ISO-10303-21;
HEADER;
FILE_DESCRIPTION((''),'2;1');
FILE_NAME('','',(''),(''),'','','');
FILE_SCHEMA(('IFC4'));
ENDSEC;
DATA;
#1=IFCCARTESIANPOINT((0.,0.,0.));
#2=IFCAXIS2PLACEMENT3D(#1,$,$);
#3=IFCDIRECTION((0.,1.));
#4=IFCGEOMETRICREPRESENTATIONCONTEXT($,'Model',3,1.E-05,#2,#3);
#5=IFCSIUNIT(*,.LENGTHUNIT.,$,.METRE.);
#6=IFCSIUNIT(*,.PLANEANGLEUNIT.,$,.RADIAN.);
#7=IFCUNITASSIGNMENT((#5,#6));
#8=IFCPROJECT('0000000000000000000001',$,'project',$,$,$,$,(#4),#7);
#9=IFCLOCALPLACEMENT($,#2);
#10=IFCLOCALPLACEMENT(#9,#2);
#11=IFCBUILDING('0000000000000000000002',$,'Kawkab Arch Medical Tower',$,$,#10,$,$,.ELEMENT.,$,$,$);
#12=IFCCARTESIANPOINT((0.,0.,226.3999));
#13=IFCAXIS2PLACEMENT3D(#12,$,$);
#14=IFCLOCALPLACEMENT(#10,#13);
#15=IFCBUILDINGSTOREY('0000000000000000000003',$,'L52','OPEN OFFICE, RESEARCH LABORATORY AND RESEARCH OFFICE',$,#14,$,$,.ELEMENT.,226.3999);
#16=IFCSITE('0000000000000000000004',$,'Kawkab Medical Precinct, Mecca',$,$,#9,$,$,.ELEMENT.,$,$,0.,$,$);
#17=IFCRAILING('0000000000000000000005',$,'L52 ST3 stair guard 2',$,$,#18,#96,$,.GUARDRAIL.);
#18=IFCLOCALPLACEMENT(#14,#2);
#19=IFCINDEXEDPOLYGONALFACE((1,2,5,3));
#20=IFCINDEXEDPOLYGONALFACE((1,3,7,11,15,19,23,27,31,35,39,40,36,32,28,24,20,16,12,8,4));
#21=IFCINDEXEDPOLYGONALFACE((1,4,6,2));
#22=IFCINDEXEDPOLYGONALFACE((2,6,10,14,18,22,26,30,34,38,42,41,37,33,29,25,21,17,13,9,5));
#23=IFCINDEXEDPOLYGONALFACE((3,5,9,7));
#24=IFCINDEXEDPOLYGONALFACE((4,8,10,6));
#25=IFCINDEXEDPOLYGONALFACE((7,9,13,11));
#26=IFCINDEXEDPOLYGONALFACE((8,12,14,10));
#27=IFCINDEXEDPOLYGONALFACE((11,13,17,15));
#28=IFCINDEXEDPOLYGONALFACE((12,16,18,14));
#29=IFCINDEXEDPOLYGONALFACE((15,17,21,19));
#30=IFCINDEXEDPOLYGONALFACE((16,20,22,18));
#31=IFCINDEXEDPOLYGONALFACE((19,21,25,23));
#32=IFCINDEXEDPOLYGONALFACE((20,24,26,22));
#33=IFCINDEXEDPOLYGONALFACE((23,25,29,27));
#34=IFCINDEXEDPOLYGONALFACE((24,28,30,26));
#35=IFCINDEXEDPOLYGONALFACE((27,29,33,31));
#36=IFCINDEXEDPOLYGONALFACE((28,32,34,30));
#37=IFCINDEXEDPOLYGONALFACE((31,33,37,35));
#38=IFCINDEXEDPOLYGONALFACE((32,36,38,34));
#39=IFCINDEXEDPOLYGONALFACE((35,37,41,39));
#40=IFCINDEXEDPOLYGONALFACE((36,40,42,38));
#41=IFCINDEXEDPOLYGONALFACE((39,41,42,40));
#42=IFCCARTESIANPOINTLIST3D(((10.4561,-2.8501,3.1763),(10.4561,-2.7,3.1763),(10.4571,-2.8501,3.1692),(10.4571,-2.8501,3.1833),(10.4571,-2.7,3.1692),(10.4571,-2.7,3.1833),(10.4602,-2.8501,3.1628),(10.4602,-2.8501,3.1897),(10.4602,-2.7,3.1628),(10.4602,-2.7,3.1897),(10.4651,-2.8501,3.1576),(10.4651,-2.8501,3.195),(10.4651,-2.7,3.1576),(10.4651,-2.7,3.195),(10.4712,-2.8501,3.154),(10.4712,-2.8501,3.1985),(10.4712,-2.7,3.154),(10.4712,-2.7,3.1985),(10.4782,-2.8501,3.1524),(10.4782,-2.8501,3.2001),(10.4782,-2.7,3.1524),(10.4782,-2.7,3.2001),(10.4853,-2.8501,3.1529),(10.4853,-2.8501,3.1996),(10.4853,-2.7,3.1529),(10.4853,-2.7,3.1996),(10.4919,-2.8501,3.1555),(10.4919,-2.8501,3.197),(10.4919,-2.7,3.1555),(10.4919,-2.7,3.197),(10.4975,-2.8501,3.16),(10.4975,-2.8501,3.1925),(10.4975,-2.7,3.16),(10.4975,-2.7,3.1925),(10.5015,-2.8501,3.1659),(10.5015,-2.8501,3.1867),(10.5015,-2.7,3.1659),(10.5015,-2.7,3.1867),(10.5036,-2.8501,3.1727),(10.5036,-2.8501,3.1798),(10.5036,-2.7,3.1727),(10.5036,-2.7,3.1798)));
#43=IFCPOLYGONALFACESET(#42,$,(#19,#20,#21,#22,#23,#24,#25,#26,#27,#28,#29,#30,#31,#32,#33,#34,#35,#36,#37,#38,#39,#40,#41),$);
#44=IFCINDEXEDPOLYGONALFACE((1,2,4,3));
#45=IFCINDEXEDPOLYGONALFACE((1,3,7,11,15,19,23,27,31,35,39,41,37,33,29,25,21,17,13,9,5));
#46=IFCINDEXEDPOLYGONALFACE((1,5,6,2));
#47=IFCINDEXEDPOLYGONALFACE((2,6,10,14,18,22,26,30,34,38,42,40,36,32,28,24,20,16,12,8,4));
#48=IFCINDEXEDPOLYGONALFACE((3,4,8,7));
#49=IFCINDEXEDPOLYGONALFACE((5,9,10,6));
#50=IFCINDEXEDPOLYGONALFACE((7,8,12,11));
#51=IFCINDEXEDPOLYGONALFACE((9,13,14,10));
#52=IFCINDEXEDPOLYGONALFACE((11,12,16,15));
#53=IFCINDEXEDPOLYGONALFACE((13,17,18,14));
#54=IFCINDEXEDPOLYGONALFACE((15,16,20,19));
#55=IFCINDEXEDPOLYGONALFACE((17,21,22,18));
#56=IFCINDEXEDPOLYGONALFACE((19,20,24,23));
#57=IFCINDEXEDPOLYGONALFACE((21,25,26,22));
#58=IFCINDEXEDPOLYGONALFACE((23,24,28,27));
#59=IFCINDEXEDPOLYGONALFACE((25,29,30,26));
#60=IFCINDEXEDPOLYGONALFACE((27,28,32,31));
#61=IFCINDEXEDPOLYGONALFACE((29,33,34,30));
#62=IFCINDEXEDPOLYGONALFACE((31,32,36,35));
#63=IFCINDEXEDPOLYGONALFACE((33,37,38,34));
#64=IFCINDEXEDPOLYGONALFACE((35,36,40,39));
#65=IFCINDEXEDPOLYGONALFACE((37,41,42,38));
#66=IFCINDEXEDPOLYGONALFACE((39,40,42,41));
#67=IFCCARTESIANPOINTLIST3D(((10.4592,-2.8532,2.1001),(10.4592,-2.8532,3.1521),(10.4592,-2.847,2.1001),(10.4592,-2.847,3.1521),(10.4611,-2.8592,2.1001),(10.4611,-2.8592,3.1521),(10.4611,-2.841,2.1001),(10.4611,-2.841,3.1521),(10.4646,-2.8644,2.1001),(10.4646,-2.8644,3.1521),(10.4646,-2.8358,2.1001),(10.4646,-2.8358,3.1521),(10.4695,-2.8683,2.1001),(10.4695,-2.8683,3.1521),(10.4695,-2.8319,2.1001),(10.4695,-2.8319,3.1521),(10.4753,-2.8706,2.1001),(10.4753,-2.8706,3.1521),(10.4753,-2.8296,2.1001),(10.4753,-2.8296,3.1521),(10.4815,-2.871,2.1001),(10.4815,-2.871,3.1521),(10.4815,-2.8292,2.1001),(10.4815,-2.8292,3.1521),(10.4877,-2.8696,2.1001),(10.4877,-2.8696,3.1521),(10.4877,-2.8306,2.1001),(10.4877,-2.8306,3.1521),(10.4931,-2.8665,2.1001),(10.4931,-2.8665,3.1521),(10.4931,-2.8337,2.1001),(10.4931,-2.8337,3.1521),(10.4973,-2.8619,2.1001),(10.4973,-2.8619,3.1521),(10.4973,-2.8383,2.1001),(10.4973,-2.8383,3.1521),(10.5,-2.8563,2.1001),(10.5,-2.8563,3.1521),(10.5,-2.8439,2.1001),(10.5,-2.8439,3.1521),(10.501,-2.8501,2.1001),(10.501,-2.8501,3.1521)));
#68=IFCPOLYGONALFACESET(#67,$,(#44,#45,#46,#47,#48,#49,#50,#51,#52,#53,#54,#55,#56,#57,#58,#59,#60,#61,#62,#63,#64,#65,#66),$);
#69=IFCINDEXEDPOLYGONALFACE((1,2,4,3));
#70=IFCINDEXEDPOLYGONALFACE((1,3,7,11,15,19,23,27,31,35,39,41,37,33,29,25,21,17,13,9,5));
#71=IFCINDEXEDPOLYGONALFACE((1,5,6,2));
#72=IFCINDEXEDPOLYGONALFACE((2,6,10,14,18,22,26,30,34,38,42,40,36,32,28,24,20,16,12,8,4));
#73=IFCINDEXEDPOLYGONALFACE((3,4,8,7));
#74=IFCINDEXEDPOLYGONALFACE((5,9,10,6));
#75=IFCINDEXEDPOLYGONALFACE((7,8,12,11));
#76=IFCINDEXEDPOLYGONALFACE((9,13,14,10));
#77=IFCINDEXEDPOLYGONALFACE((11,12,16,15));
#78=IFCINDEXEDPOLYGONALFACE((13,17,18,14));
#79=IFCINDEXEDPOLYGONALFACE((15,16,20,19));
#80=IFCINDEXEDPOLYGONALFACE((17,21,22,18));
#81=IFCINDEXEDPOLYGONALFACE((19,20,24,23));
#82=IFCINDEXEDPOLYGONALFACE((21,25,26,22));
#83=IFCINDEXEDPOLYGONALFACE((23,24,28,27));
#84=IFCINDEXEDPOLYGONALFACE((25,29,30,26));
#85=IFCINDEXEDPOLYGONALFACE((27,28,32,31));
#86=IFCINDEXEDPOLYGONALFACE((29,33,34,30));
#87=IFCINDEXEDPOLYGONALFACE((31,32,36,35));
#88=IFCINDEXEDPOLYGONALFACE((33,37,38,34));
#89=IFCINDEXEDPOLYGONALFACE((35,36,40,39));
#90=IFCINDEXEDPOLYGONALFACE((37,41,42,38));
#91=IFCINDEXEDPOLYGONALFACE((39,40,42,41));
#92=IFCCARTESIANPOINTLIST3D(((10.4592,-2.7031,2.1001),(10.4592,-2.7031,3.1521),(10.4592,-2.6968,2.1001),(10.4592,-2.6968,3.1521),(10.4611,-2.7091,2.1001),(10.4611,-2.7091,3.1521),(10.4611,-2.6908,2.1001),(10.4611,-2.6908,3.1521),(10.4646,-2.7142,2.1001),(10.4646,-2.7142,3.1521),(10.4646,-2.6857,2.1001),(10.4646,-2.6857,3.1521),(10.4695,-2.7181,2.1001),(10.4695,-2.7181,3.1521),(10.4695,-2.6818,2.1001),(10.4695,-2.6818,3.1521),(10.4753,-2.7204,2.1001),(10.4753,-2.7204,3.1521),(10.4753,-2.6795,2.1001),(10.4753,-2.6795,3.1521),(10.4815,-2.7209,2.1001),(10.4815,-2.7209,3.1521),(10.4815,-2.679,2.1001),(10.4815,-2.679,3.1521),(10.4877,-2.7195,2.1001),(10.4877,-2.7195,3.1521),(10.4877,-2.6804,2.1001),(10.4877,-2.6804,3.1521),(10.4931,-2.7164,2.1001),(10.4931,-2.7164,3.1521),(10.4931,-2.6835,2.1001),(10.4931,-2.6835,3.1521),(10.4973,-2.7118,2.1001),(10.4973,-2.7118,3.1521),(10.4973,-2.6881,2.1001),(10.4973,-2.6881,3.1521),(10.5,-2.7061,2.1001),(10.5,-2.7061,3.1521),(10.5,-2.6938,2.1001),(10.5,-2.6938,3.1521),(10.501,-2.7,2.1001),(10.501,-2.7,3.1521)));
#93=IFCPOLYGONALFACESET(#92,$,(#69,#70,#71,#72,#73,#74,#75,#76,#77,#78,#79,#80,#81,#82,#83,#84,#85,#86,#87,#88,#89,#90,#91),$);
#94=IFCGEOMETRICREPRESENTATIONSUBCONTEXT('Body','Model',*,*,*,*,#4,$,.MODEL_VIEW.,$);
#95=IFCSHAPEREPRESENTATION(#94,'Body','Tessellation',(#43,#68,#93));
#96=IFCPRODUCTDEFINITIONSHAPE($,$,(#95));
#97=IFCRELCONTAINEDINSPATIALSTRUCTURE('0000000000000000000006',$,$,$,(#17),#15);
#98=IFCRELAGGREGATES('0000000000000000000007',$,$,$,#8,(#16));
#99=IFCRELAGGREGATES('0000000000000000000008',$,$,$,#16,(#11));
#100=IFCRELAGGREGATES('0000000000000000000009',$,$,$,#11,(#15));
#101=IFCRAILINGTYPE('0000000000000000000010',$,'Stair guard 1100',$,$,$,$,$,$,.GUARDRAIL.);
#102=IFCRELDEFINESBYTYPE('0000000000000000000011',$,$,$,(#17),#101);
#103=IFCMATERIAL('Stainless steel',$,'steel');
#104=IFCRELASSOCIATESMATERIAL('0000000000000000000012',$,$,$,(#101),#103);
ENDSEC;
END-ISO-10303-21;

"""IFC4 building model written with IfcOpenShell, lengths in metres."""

from ifc_helpers import new_model, si_unit, direction, frame, origin, origin_2d, place, context, subcontext, project, spatial, circle, extrude, material, type_object, element, save


model = new_model("IFC4")

# Units and contexts
model_context = context("Model", 3, precision=1e-05, world=origin(), true_north=direction((0.0, 1.0)))
body_context = subcontext(model_context, "Body", "Model", "MODEL_VIEW")
ifc_project = project(units=[si_unit("LENGTHUNIT", "METRE"), si_unit("PLANEANGLEUNIT", "RADIAN")], contexts=[model_context])

# Site, building, storey
site_placement = place(None, origin())
site = spatial("IfcSite", under=ifc_project, at=site_placement, Name="Kawkab Medical Precinct, Mecca", CompositionType="ELEMENT", RefElevation=0.0)
building_placement = place(site_placement, origin())
building = spatial("IfcBuilding", under=site, at=building_placement, Name="Kawkab Arch Medical Tower", CompositionType="ELEMENT")
storey_placement = place(building_placement, frame((0.0, 0.0, 226.3999)))
storey = spatial("IfcBuildingStorey", under=building, at=storey_placement, Name="L52", Description="OPEN OFFICE, RESEARCH LABORATORY AND RESEARCH OFFICE", CompositionType="ELEMENT", Elevation=226.3999)

# Railing
ifc_material_1 = material(Name="Stainless steel", Category="steel")
railing_type_1 = type_object("IfcRailingType", Name="Stair guard 1100", PredefinedType="GUARDRAIL", material=ifc_material_1)
railing_1_placement = place(storey_placement, frame((10.48, -2.8501, 2.1001)))
element("IfcRailing", 1, at=railing_1_placement, inside=storey, type_object=railing_type_1, Name="L52 ST3 stair guard 2", PredefinedType="GUARDRAIL", context=body_context, shape_type="SweptSolid", body=[
    extrude(circle(Radius=0.0239, at=origin_2d()), frame((0.0, 0.0, 1.0762), z_axis=(0.0, 1.0, 0.0), x_axis=(-1.0, 0.0, 0.0)), (0.0, 0.0, 1.0), 0.1501),
    extrude(circle(Radius=0.021, at=origin_2d()), origin(), (0.0, 0.0, 1.0), 1.052),
    extrude(circle(Radius=0.021, at=origin_2d()), frame((0.0, 0.1501, 0.0)), (0.0, 0.0, 1.0), 1.052),
])

save(model, "model.ifc")
